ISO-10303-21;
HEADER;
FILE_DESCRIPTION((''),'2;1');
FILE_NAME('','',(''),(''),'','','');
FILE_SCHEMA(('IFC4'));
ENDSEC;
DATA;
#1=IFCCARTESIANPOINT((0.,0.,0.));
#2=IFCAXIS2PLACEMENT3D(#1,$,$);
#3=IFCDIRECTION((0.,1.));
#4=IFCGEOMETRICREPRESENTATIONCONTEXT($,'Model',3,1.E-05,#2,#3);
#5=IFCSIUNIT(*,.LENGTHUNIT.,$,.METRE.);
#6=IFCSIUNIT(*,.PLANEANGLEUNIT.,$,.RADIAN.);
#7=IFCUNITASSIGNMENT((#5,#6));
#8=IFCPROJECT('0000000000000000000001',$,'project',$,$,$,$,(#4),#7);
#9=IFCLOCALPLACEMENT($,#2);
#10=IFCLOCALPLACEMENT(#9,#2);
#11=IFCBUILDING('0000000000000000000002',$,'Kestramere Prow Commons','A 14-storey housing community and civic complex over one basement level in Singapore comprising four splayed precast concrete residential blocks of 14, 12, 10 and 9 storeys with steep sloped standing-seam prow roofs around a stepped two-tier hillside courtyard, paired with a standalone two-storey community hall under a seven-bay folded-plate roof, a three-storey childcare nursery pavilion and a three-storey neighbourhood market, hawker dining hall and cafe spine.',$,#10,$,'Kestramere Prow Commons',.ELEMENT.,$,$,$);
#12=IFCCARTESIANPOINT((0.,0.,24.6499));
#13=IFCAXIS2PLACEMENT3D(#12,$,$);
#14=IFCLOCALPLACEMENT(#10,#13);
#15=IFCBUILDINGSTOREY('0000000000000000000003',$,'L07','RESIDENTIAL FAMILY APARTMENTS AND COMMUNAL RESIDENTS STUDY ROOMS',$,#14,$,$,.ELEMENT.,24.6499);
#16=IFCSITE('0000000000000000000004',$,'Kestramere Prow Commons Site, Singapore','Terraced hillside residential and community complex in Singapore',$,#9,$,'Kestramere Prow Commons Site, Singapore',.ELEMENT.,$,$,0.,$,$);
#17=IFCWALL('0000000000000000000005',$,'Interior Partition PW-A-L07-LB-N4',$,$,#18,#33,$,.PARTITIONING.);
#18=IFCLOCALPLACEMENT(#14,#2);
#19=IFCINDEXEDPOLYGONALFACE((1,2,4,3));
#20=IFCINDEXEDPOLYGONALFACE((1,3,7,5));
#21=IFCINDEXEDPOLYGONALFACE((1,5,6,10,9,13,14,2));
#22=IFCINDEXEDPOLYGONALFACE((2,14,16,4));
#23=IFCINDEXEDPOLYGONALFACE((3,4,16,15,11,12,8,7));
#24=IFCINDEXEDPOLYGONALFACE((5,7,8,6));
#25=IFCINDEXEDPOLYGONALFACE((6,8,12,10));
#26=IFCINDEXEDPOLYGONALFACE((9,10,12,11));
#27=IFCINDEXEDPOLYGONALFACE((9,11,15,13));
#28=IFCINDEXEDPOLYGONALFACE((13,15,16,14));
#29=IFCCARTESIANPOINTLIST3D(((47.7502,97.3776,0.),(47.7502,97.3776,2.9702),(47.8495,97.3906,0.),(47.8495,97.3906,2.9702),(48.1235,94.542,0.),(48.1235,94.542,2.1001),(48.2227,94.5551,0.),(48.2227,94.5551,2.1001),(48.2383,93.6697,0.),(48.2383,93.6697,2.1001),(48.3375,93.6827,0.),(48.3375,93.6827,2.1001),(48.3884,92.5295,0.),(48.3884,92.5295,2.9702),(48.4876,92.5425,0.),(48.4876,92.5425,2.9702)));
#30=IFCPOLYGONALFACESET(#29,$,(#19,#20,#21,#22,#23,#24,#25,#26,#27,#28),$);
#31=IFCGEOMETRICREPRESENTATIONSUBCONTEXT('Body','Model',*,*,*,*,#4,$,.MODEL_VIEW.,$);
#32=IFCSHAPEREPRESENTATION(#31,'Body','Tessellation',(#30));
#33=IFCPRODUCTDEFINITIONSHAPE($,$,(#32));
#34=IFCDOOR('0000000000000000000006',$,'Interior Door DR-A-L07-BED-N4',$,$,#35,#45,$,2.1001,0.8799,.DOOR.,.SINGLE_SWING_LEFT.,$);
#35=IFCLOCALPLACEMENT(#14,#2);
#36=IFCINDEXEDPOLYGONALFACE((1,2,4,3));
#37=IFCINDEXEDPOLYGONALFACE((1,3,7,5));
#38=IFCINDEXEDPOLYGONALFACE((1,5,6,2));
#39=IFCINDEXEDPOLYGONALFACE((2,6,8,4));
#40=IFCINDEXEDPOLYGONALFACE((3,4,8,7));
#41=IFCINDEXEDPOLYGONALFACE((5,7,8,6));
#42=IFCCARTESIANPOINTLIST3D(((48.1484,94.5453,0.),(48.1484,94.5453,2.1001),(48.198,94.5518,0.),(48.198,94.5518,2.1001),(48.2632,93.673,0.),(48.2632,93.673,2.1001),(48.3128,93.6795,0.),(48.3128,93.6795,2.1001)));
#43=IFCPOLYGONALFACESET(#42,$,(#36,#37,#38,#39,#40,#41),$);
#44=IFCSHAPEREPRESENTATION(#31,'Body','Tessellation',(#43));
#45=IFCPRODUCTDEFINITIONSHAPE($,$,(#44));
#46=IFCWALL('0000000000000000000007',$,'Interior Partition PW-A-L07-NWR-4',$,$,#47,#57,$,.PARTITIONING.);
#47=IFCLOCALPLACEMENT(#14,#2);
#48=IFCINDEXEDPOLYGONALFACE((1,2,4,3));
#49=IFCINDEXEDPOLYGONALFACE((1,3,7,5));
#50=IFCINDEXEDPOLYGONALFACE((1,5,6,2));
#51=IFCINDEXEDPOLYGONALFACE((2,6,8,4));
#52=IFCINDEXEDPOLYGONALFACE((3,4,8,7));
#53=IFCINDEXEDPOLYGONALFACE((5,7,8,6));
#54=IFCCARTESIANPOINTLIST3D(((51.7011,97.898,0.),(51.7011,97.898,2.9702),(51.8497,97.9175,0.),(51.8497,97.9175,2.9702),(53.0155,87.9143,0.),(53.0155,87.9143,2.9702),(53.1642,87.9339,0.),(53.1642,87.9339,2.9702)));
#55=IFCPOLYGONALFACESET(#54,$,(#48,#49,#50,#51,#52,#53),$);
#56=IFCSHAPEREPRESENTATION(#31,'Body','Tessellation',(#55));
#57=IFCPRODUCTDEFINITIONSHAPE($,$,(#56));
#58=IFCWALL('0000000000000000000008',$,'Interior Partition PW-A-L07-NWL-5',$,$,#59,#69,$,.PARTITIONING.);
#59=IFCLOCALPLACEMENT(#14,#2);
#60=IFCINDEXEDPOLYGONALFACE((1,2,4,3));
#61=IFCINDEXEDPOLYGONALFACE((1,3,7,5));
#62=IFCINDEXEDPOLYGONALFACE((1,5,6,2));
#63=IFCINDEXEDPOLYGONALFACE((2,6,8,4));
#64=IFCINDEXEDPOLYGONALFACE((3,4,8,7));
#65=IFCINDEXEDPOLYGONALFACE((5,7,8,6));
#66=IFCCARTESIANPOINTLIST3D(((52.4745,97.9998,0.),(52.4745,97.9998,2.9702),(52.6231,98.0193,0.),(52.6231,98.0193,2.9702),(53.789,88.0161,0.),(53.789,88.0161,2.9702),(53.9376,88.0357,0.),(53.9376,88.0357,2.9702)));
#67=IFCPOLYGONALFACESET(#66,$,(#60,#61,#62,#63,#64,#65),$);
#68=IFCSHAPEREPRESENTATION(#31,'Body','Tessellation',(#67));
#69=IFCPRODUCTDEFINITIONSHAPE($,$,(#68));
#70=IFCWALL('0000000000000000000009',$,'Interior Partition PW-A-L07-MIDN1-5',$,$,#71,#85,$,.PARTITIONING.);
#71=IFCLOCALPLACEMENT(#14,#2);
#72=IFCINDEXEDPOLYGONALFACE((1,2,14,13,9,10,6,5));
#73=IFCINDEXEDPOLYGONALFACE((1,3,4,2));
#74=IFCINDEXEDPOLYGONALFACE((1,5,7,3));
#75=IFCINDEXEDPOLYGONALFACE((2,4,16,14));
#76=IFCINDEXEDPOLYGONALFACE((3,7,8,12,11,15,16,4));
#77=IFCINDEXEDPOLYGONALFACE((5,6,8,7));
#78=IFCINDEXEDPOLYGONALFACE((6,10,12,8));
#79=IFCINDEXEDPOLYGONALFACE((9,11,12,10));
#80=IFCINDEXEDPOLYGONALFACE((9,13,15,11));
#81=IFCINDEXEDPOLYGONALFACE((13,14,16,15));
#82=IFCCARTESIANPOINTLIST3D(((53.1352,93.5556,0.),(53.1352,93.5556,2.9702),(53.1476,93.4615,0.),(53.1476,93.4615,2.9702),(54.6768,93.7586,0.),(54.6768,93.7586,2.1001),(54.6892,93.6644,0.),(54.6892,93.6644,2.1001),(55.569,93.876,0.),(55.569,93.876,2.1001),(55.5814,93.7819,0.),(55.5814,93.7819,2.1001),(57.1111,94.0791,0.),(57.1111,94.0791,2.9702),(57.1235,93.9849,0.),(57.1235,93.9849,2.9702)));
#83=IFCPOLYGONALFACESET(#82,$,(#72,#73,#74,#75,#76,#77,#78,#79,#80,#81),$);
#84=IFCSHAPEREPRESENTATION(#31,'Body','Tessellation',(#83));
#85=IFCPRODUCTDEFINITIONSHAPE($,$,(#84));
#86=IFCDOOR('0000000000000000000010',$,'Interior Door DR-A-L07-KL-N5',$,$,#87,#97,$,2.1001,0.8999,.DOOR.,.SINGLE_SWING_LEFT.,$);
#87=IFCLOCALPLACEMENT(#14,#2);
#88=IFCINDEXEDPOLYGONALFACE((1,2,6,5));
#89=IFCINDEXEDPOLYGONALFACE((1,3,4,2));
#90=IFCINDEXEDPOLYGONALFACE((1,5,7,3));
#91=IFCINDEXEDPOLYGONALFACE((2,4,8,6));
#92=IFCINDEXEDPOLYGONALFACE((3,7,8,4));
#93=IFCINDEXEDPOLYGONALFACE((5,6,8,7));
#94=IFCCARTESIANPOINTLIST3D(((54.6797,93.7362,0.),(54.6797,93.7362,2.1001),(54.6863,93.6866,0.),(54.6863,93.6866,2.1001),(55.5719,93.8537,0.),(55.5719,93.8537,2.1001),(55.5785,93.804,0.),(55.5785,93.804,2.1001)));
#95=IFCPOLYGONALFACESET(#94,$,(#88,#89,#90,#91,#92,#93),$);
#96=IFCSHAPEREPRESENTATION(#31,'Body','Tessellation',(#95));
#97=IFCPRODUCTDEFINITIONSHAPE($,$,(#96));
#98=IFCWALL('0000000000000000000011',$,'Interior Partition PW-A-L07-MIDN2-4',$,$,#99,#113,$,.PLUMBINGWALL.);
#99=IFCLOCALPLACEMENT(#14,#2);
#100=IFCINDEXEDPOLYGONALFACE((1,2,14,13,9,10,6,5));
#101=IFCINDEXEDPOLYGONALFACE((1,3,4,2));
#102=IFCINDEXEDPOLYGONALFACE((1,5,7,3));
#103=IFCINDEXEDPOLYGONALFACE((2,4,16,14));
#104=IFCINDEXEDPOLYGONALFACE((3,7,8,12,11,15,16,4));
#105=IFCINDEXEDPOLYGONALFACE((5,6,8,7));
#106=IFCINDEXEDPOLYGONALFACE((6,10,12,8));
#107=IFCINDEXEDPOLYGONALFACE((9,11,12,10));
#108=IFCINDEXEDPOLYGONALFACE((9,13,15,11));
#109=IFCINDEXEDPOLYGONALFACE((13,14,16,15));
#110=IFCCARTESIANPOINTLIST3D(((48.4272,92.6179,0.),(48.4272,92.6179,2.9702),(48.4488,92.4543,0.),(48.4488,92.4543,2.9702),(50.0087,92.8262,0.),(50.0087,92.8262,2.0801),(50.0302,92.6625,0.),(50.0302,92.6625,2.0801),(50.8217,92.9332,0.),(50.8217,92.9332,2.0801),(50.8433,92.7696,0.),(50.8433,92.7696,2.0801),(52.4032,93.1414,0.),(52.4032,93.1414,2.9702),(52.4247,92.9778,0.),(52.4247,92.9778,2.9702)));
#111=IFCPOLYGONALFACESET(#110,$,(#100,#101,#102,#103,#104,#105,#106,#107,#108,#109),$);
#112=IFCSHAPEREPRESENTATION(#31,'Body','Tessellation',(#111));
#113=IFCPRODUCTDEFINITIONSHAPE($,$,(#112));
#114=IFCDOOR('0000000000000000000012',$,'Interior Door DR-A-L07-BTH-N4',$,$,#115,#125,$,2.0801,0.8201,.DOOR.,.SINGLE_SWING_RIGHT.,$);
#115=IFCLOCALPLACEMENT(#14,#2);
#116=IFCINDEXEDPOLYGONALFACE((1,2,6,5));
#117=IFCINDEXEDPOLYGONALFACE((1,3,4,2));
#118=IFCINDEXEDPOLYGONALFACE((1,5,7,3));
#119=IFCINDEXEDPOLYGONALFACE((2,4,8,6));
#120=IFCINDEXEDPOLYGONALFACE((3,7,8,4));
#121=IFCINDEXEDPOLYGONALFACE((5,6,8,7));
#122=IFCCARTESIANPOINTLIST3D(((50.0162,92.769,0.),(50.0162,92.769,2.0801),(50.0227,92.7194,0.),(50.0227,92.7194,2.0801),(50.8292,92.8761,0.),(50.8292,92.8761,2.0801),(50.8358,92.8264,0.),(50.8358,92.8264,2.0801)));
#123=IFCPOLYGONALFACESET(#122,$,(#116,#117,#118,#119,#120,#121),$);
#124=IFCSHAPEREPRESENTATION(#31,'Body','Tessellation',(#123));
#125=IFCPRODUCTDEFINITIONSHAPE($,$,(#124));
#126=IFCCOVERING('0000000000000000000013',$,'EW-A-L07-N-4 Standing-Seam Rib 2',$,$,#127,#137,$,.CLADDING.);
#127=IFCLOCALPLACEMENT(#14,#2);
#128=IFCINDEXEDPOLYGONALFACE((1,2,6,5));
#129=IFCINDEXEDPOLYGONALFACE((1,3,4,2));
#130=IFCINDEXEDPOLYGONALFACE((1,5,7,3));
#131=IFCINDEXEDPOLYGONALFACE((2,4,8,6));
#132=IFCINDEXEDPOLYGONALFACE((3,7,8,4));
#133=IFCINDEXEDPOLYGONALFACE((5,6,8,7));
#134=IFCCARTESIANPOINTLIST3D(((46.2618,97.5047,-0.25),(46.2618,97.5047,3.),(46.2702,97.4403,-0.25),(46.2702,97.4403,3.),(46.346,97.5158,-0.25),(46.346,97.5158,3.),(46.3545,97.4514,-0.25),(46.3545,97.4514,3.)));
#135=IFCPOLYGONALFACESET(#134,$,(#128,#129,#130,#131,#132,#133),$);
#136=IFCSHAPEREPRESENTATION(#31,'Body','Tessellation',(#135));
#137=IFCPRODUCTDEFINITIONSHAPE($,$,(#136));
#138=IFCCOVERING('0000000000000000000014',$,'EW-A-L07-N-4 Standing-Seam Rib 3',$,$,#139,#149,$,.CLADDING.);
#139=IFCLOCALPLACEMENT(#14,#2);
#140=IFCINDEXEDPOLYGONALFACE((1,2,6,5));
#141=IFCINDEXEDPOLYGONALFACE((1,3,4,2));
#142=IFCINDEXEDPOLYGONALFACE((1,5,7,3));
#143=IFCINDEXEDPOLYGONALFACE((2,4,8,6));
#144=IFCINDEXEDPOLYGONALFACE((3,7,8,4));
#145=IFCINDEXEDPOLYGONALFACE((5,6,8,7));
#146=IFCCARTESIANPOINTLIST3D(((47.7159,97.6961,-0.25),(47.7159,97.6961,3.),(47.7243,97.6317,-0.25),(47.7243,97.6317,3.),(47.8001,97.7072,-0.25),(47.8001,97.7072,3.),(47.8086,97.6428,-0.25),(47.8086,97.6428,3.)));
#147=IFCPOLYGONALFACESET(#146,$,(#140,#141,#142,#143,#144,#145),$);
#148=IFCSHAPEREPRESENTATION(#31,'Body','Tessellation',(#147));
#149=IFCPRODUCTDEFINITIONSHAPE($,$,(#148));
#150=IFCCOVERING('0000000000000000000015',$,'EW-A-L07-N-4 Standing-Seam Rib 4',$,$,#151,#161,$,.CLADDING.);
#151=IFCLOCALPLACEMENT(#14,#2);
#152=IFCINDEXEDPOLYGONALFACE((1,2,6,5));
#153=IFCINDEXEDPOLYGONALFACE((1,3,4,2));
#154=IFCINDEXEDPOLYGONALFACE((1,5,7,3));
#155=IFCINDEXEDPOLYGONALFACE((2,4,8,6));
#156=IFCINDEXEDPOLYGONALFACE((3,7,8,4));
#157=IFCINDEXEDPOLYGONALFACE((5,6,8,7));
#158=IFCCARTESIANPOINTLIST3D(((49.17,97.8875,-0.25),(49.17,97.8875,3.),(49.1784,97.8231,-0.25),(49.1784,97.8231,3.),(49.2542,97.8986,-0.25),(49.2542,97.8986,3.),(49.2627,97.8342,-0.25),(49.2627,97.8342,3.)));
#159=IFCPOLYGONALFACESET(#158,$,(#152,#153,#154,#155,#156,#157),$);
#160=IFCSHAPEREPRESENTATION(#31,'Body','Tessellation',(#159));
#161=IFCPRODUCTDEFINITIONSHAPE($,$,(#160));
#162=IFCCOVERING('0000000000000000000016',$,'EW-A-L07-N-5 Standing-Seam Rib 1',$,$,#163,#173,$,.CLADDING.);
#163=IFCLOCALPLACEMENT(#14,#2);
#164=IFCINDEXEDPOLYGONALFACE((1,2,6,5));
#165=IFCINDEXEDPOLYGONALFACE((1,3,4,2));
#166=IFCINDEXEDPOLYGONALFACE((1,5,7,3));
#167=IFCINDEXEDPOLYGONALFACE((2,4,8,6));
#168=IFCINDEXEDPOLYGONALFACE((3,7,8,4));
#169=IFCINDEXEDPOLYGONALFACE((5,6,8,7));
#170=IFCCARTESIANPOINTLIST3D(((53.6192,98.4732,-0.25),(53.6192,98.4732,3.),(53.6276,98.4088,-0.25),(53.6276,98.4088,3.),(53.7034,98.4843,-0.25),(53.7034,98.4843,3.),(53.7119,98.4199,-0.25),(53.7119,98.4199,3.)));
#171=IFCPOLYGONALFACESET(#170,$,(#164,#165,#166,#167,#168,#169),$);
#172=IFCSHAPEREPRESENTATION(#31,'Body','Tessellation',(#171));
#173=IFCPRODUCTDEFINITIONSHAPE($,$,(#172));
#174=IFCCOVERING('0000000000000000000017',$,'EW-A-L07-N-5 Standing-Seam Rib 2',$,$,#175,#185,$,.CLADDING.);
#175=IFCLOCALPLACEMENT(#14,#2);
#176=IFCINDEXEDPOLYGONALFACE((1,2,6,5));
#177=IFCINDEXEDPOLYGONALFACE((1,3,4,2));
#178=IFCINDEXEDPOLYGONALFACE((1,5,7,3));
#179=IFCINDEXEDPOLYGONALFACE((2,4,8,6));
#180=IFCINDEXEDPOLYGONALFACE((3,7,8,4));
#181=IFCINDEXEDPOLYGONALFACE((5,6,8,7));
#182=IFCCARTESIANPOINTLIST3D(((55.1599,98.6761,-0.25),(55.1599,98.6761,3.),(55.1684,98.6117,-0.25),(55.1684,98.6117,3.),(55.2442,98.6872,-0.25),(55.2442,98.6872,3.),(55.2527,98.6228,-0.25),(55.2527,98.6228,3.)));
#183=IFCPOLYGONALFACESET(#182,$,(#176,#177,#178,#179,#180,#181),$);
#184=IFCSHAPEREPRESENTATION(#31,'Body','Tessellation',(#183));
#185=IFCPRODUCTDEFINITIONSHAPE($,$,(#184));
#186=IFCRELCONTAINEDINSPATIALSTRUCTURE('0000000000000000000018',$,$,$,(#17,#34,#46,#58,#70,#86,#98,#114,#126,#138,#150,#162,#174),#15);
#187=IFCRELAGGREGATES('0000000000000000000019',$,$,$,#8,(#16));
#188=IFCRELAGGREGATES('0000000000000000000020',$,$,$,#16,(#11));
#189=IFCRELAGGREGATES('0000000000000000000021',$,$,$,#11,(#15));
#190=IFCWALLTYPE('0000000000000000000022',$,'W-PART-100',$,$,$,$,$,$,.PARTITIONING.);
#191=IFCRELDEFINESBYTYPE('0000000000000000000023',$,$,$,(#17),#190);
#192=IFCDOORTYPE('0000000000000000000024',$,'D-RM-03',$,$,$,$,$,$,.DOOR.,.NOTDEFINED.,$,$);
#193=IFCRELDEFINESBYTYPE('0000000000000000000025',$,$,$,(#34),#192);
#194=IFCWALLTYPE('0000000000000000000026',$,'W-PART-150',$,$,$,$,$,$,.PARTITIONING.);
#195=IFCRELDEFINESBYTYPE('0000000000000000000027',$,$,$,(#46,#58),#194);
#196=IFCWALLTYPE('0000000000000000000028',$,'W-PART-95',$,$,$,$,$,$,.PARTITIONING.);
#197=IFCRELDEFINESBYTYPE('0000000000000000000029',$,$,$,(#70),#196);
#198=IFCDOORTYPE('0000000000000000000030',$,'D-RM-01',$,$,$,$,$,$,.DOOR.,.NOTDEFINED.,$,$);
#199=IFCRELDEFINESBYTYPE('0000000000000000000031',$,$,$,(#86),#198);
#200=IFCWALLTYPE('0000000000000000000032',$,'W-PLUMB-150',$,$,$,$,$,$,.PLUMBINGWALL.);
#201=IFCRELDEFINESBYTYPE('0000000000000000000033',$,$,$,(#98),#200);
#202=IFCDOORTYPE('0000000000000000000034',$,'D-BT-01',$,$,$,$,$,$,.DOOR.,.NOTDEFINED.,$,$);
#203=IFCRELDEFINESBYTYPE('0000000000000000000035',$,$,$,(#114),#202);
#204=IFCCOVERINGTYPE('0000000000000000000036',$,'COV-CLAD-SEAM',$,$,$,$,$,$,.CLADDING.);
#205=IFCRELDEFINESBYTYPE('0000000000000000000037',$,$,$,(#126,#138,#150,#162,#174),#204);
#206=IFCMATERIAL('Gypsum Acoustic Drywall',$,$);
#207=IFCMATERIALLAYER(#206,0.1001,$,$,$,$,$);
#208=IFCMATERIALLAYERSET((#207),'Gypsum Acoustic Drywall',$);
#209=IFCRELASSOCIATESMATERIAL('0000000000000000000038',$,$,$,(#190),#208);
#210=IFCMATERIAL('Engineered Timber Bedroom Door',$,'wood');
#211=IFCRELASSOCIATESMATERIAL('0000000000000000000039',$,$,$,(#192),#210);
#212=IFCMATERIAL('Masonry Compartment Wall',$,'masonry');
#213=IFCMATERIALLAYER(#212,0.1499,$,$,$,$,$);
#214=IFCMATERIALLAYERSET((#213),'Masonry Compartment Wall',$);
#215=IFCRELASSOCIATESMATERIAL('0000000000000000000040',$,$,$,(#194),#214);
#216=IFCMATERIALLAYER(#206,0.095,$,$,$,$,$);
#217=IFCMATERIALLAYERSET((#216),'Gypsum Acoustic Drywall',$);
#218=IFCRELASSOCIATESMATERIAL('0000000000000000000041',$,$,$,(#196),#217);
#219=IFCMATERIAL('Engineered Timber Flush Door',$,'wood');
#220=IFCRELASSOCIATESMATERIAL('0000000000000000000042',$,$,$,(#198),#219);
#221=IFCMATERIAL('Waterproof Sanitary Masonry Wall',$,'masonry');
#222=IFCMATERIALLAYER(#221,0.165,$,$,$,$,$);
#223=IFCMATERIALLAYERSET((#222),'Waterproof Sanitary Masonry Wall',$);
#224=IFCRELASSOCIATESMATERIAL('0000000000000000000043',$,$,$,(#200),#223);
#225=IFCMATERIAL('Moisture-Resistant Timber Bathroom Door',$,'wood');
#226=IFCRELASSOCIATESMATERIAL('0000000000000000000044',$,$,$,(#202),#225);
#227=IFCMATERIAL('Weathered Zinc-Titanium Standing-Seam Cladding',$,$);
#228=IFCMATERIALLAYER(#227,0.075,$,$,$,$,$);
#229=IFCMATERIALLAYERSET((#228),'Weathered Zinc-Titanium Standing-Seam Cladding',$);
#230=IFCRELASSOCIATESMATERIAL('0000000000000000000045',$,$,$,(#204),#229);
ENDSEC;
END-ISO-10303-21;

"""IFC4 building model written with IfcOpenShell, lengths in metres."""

from ifc_helpers import new_model, si_unit, direction, frame, frame_2d, origin, origin_2d, place, context, subcontext, project, spatial, rectangle, extrude, material, layer, layer_set, type_object, element, fill, save


model = new_model("IFC4")

# Units and contexts
model_context = context("Model", 3, precision=1e-05, world=origin(), true_north=direction((0.0, 1.0)))
body_context = subcontext(model_context, "Body", "Model", "MODEL_VIEW")
ifc_project = project(units=[si_unit("LENGTHUNIT", "METRE"), si_unit("PLANEANGLEUNIT", "RADIAN")], contexts=[model_context])

# Site, building, storey
site_placement = place(None, origin())
site = spatial("IfcSite", under=ifc_project, at=site_placement, Name="Kestramere Prow Commons Site, Singapore", Description="Terraced hillside residential and community complex in Singapore", LongName="Kestramere Prow Commons Site, Singapore", CompositionType="ELEMENT", RefElevation=0.0)
building_placement = place(site_placement, origin())
building = spatial("IfcBuilding", under=site, at=building_placement, Name="Kestramere Prow Commons", Description="A 14-storey housing community and civic complex over one basement level in Singapore comprising four splayed precast concrete residential blocks of 14, 12, 10 and 9 storeys with steep sloped standing-seam prow roofs around a stepped two-tier hillside courtyard, paired with a standalone two-storey community hall under a seven-bay folded-plate roof, a three-storey childcare nursery pavilion and a three-storey neighbourhood market, hawker dining hall and cafe spine.", LongName="Kestramere Prow Commons", CompositionType="ELEMENT")
storey_placement = place(building_placement, frame((0.0, 0.0, 24.6499)))
storey = spatial("IfcBuildingStorey", under=building, at=storey_placement, Name="L07", Description="RESIDENTIAL FAMILY APARTMENTS AND COMMUNAL RESIDENTS STUDY ROOMS", CompositionType="ELEMENT", Elevation=24.6499)

# Wall, opening, door
ifc_material_1 = material(Name="Gypsum Acoustic Drywall")
ifc_layer_1 = layer(ifc_material_1, 0.1001)
ifc_layer_set_1 = layer_set([ifc_layer_1], Name="Gypsum Acoustic Drywall")
wall_type_1 = type_object("IfcWallType", Name="W-PART-100", PredefinedType="PARTITIONING", material=ifc_layer_set_1)
wall_1_placement = place(storey_placement, frame((48.438, 92.5361, 0.0), z_axis=(0.0, 0.0, 1.0), x_axis=(-0.130509, 0.991447, 0.0)))
wall_1 = element("IfcWall", 1, at=wall_1_placement, inside=storey, type_object=wall_type_1, Name="Interior Partition PW-A-L07-LB-N4", PredefinedType="PARTITIONING", context=body_context, shape_type="SweptSolid", body=[
    extrude(rectangle(XDim=4.8899, YDim=0.1001, at=frame_2d((2.4448, 0.0))), origin(), (0.0, 0.0, 1.0), 2.9702),
])
opening_1_placement = place(wall_1_placement, frame((1.1499, 0.0, 0.0)))
opening_1 = element("IfcOpeningElement", 2, at=opening_1_placement, cuts=wall_1, PredefinedType="OPENING", context=body_context, shape_type="SweptSolid", body=[
    extrude(rectangle(XDim=0.8799, YDim=2.1001, at=frame_2d((0.4399, 1.05))), frame((0.0, 0.0649, 0.0), z_axis=(0.0, -1.0, 0.0), x_axis=(1.0, 0.0, 0.0)), (0.0, 0.0, 1.0), 0.1301),
])
ifc_material_2 = material(Name="Engineered Timber Bedroom Door", Category="wood")
door_type_1 = type_object("IfcDoorType", Name="D-RM-03", OperationType="NOTDEFINED", PredefinedType="DOOR", material=ifc_material_2)
door_1_placement = place(opening_1_placement, origin())
door_1 = element("IfcDoor", 3, at=door_1_placement, inside=storey, type_object=door_type_1, Name="Interior Door DR-A-L07-BED-N4", OperationType="SINGLE_SWING_LEFT", OverallHeight=2.1001, OverallWidth=0.8799, PredefinedType="DOOR", context=body_context, shape_type="SweptSolid", body=[
    extrude(rectangle(XDim=0.8799, YDim=2.1001, at=frame_2d((0.4399, 1.05))), frame((0.0, 0.0249, 0.0), z_axis=(0.0, -1.0, 0.0), x_axis=(1.0, 0.0, 0.0)), (0.0, 0.0, 1.0), 0.05),
])
fill(opening_1, door_1)

# Walls
ifc_material_3 = material(Name="Masonry Compartment Wall", Category="masonry")
ifc_layer_2 = layer(ifc_material_3, 0.1499)
ifc_layer_set_2 = layer_set([ifc_layer_2], Name="Masonry Compartment Wall")
wall_type_2 = type_object("IfcWallType", Name="W-PART-150", PredefinedType="PARTITIONING", material=ifc_layer_set_2)
for number, where, z_axis, x_axis, name in (
    (4, (53.0898, 87.9241, 0.0), (0.0, 0.0, 1.0), (-0.130534, 0.991444, 0.0), "Interior Partition PW-A-L07-NWR-4"),
    (5, (53.8633, 88.0259, 0.0), (0.0, 0.0, 1.0), (-0.130534, 0.991444, 0.0), "Interior Partition PW-A-L07-NWL-5"),
):
    element("IfcWall", number, at=place(storey_placement, frame(where, z_axis=z_axis, x_axis=x_axis)), inside=storey, type_object=wall_type_2, Name=name, PredefinedType="PARTITIONING", context=body_context, shape_type="SweptSolid", body=[
        extrude(rectangle(XDim=10.0698, YDim=0.1499, at=frame_2d((5.0349, 0.0))), origin(), (0.0, 0.0, 1.0), 2.9702),
    ])

# Walls, openings, doors
ifc_layer_3 = layer(ifc_material_1, 0.095)
ifc_layer_set_3 = layer_set([ifc_layer_3], Name="Gypsum Acoustic Drywall")
wall_type_3 = type_object("IfcWallType", Name="W-PART-95", PredefinedType="PARTITIONING", material=ifc_layer_set_3)
wall_2_placement = place(storey_placement, frame((53.1414, 93.5085, 0.0), z_axis=(0.0, 0.0, 1.0), x_axis=(0.991445, 0.130529, 0.0)))
wall_2 = element("IfcWall", 6, at=wall_2_placement, inside=storey, type_object=wall_type_3, Name="Interior Partition PW-A-L07-MIDN1-5", PredefinedType="PARTITIONING", context=body_context, shape_type="SweptSolid", body=[
    extrude(rectangle(XDim=4.0103, YDim=0.095, at=frame_2d((2.0051, 0.0))), origin(), (0.0, 0.0, 1.0), 2.9702),
])
opening_2_placement = place(wall_2_placement, frame((1.5549, 0.0, 0.0)))
opening_2 = element("IfcOpeningElement", 7, at=opening_2_placement, cuts=wall_2, PredefinedType="OPENING", context=body_context, shape_type="SweptSolid", body=[
    extrude(rectangle(XDim=0.8999, YDim=2.1001, at=frame_2d((0.45, 1.05))), frame((0.0, 0.0625, 0.0), z_axis=(0.0, -1.0, 0.0), x_axis=(1.0, 0.0, 0.0)), (0.0, 0.0, 1.0), 0.125),
])
ifc_material_4 = material(Name="Engineered Timber Flush Door", Category="wood")
door_type_2 = type_object("IfcDoorType", Name="D-RM-01", OperationType="NOTDEFINED", PredefinedType="DOOR", material=ifc_material_4)
door_2_placement = place(opening_2_placement, origin())
door_2 = element("IfcDoor", 8, at=door_2_placement, inside=storey, type_object=door_type_2, Name="Interior Door DR-A-L07-KL-N5", OperationType="SINGLE_SWING_LEFT", OverallHeight=2.1001, OverallWidth=0.8999, PredefinedType="DOOR", context=body_context, shape_type="SweptSolid", body=[
    extrude(rectangle(XDim=0.8999, YDim=2.1001, at=frame_2d((0.45, 1.05))), frame((0.0, 0.0249, 0.0), z_axis=(0.0, -1.0, 0.0), x_axis=(1.0, 0.0, 0.0)), (0.0, 0.0, 1.0), 0.05),
])
fill(opening_2, door_2)
ifc_material_5 = material(Name="Waterproof Sanitary Masonry Wall", Category="masonry")
ifc_layer_4 = layer(ifc_material_5, 0.165)
ifc_layer_set_4 = layer_set([ifc_layer_4], Name="Waterproof Sanitary Masonry Wall")
wall_type_4 = type_object("IfcWallType", Name="W-PLUMB-150", PredefinedType="PLUMBINGWALL", material=ifc_layer_set_4)
wall_3_placement = place(storey_placement, frame((48.438, 92.5361, 0.0), z_axis=(0.0, 0.0, 1.0), x_axis=(0.991445, 0.130529, 0.0)))
wall_3 = element("IfcWall", 9, at=wall_3_placement, inside=storey, type_object=wall_type_4, Name="Interior Partition PW-A-L07-MIDN2-4", PredefinedType="PLUMBINGWALL", context=body_context, shape_type="SweptSolid", body=[
    extrude(rectangle(XDim=4.0103, YDim=0.165, at=frame_2d((2.0051, 0.0))), origin(), (0.0, 0.0, 1.0), 2.9702),
])
opening_3_placement = place(wall_3_placement, frame((1.595, 0.0, 0.0)))
opening_3 = element("IfcOpeningElement", 10, at=opening_3_placement, cuts=wall_3, PredefinedType="OPENING", context=body_context, shape_type="SweptSolid", body=[
    extrude(rectangle(XDim=0.8201, YDim=2.0801, at=frame_2d((0.4102, 1.04))), frame((0.0, 0.0974, 0.0), z_axis=(0.0, -1.0, 0.0), x_axis=(1.0, 0.0, 0.0)), (0.0, 0.0, 1.0), 0.1951),
])
ifc_material_6 = material(Name="Moisture-Resistant Timber Bathroom Door", Category="wood")
door_type_3 = type_object("IfcDoorType", Name="D-BT-01", OperationType="NOTDEFINED", PredefinedType="DOOR", material=ifc_material_6)
door_3_placement = place(opening_3_placement, origin())
door_3 = element("IfcDoor", 11, at=door_3_placement, inside=storey, type_object=door_type_3, Name="Interior Door DR-A-L07-BTH-N4", OperationType="SINGLE_SWING_RIGHT", OverallHeight=2.0801, OverallWidth=0.8201, PredefinedType="DOOR", context=body_context, shape_type="SweptSolid", body=[
    extrude(rectangle(XDim=0.8201, YDim=2.0801, at=frame_2d((0.4102, 1.04))), frame((0.0, 0.0249, 0.0), z_axis=(0.0, -1.0, 0.0), x_axis=(1.0, 0.0, 0.0)), (0.0, 0.0, 1.0), 0.05),
])
fill(opening_3, door_3)

# Coverings
ifc_material_7 = material(Name="Weathered Zinc-Titanium Standing-Seam Cladding")
ifc_layer_5 = layer(ifc_material_7, 0.075)
ifc_layer_set_5 = layer_set([ifc_layer_5], Name="Weathered Zinc-Titanium Standing-Seam Cladding")
covering_type = type_object("IfcCoveringType", Name="COV-CLAD-SEAM", PredefinedType="CLADDING", material=ifc_layer_set_5)
for number, where, z_axis, x_axis, name in (
    (12, (46.3081, 97.478, -0.25), (0.0, 0.0, 1.0), (0.991445, 0.130526, 0.0), "EW-A-L07-N-4 Standing-Seam Rib 2"),
    (13, (47.7622, 97.6694, -0.25), (0.0, 0.0, 1.0), (0.991445, 0.130526, 0.0), "EW-A-L07-N-4 Standing-Seam Rib 3"),
    (14, (49.2163, 97.8608, -0.25), (0.0, 0.0, 1.0), (0.991445, 0.130526, 0.0), "EW-A-L07-N-4 Standing-Seam Rib 4"),
    (15, (53.6655, 98.4465, -0.25), (0.0, 0.0, 1.0), (0.991445, 0.130526, 0.0), "EW-A-L07-N-5 Standing-Seam Rib 1"),
    (16, (55.2063, 98.6494, -0.25), (0.0, 0.0, 1.0), (0.991445, 0.130526, 0.0), "EW-A-L07-N-5 Standing-Seam Rib 2"),
):
    element("IfcCovering", number, at=place(storey_placement, frame(where, z_axis=z_axis, x_axis=x_axis)), inside=storey, type_object=covering_type, Name=name, PredefinedType="CLADDING", context=body_context, shape_type="SweptSolid", body=[
        extrude(rectangle(XDim=0.085, YDim=0.0649, at=origin_2d()), origin(), (0.0, 0.0, 1.0), 3.25),
    ])

save(model, "model.ifc")
